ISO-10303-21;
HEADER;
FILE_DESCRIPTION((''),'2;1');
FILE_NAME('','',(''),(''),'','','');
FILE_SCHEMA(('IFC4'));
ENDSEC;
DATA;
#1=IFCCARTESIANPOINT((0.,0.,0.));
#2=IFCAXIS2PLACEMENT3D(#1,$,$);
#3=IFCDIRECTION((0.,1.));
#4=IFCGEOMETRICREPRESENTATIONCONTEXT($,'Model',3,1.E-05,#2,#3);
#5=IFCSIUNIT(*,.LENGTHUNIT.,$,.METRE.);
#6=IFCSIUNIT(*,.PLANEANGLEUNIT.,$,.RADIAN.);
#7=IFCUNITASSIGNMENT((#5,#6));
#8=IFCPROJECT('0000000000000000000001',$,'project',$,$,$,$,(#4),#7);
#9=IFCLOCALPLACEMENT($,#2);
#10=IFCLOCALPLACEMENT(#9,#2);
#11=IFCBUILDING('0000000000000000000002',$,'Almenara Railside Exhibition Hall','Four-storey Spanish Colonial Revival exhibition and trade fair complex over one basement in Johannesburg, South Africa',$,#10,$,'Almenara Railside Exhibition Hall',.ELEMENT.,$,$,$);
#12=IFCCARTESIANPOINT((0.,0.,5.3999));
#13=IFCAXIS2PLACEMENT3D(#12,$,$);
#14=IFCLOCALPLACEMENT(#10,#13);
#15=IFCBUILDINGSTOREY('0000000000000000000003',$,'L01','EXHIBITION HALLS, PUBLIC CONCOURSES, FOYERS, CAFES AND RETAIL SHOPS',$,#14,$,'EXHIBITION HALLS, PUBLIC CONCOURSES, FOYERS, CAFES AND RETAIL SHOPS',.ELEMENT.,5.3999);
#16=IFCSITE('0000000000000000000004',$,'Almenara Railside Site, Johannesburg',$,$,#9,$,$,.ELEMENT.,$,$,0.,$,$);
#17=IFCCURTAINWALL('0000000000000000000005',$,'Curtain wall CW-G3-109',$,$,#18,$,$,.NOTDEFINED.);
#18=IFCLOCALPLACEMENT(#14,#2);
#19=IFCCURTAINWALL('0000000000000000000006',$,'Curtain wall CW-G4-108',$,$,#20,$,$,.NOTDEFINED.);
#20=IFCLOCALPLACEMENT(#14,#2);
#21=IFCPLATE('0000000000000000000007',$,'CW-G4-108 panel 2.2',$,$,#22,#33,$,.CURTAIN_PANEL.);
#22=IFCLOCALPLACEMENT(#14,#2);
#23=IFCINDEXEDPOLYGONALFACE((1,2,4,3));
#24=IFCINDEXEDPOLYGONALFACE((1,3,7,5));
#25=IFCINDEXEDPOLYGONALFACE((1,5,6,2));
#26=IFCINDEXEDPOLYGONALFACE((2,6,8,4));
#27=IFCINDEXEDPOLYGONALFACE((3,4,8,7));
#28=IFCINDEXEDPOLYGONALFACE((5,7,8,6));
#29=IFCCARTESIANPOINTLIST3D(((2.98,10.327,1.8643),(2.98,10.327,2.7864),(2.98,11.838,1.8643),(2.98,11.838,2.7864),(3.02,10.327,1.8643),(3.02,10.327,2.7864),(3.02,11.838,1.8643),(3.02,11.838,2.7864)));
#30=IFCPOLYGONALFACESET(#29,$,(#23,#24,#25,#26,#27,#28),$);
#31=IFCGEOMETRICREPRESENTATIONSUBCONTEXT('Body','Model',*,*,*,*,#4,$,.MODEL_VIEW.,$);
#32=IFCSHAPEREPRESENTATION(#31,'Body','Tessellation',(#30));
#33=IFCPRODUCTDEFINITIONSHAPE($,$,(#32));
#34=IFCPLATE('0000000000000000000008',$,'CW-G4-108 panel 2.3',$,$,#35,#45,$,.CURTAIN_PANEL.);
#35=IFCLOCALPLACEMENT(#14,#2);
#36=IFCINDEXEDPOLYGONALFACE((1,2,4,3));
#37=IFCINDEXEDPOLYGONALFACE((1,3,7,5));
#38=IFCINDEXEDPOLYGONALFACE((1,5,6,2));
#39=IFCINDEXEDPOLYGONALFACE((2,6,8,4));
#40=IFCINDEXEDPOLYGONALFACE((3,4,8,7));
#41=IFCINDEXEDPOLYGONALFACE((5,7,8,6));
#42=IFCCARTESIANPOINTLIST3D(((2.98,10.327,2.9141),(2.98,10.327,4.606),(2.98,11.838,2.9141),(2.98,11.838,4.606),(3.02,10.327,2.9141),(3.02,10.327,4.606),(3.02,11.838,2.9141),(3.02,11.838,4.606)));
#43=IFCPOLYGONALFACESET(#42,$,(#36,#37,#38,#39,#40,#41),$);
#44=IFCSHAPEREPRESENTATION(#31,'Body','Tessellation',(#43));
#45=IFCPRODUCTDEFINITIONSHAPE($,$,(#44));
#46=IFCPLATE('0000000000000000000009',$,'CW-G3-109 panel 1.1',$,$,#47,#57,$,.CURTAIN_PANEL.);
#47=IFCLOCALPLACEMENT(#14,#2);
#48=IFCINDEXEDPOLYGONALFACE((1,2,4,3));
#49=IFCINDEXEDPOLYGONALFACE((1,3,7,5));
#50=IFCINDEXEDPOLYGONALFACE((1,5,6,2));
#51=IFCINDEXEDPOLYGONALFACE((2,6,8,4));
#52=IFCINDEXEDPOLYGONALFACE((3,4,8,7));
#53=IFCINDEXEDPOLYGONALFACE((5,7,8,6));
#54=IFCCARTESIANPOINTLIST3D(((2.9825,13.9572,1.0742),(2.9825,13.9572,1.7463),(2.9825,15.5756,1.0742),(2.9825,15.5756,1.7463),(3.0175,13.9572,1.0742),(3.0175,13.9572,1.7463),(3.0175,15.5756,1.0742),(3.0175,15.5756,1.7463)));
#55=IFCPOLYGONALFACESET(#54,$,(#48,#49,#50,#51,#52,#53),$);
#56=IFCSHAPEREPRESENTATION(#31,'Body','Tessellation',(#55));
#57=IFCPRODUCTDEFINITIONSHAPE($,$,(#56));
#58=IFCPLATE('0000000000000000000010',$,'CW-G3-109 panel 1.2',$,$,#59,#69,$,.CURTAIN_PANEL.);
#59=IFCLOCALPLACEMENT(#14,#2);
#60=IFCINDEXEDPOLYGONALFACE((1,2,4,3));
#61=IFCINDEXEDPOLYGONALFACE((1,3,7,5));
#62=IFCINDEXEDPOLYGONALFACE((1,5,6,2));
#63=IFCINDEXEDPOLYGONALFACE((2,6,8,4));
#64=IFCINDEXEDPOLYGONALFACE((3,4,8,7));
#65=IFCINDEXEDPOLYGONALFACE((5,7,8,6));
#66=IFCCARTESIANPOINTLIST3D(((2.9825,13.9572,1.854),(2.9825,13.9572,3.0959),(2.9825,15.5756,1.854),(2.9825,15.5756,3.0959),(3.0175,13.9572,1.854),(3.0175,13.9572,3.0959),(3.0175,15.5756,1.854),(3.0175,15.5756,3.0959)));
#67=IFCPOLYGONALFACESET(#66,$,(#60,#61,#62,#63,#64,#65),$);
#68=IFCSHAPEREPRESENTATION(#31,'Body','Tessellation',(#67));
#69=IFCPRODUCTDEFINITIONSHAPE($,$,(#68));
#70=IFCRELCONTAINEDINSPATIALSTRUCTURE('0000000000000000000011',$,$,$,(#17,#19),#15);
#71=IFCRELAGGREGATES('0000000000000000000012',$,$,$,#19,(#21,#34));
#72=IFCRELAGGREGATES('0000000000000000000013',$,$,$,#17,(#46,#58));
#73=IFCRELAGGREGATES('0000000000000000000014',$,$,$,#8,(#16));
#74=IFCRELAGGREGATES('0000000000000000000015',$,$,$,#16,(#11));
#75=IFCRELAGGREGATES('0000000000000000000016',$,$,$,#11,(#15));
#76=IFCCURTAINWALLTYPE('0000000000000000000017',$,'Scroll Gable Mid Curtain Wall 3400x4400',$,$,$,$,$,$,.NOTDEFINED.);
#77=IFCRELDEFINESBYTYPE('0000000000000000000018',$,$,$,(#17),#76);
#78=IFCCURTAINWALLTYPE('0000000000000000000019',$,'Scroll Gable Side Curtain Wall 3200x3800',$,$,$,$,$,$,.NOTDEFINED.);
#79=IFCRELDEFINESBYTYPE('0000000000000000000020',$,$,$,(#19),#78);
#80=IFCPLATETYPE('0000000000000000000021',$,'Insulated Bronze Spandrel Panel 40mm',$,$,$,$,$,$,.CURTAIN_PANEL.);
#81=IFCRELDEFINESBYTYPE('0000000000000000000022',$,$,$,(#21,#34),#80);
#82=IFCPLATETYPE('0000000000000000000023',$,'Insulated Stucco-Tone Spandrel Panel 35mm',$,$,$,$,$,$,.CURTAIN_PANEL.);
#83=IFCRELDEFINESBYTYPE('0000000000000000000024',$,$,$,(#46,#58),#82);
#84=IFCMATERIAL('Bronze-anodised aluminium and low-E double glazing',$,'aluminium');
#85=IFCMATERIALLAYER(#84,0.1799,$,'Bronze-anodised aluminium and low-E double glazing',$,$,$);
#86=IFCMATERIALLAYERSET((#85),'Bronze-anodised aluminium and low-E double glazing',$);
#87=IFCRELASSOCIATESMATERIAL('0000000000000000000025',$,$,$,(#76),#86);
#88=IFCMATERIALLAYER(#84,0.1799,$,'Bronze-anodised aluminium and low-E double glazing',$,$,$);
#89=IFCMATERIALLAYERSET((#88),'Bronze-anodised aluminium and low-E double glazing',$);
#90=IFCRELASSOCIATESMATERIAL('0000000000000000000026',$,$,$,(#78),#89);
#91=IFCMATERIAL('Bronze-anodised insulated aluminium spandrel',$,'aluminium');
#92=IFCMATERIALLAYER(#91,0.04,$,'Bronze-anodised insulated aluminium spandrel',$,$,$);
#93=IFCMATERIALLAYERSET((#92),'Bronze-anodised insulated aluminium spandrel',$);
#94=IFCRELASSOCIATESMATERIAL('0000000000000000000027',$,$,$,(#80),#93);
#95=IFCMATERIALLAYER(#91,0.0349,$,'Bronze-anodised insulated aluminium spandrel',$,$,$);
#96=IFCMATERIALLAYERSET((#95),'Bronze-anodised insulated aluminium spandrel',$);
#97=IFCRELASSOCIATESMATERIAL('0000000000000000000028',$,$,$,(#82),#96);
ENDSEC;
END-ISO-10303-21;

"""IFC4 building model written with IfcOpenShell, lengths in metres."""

from ifc_helpers import new_model, si_unit, direction, frame, origin, origin_2d, place, context, subcontext, project, spatial, rectangle, extrude, material, layer, layer_set, type_object, element, aggregate, save


model = new_model("IFC4")

# Units and contexts
model_context = context("Model", 3, precision=1e-05, world=origin(), true_north=direction((0.0, 1.0)))
body_context = subcontext(model_context, "Body", "Model", "MODEL_VIEW")
ifc_project = project(units=[si_unit("LENGTHUNIT", "METRE"), si_unit("PLANEANGLEUNIT", "RADIAN")], contexts=[model_context])

# Site, building, storey
site_placement = place(None, origin())
site = spatial("IfcSite", under=ifc_project, at=site_placement, Name="Almenara Railside Site, Johannesburg", CompositionType="ELEMENT", RefElevation=0.0)
building_placement = place(site_placement, origin())
building = spatial("IfcBuilding", under=site, at=building_placement, Name="Almenara Railside Exhibition Hall", Description="Four-storey Spanish Colonial Revival exhibition and trade fair complex over one basement in Johannesburg, South Africa", LongName="Almenara Railside Exhibition Hall", CompositionType="ELEMENT")
storey_placement = place(building_placement, frame((0.0, 0.0, 5.3999)))
storey = spatial("IfcBuildingStorey", under=building, at=storey_placement, Name="L01", Description="EXHIBITION HALLS, PUBLIC CONCOURSES, FOYERS, CAFES AND RETAIL SHOPS", LongName="EXHIBITION HALLS, PUBLIC CONCOURSES, FOYERS, CAFES AND RETAIL SHOPS", CompositionType="ELEMENT", Elevation=5.3999)

# Curtain wall
ifc_material_1 = material(Name="Bronze-anodised aluminium and low-E double glazing", Category="aluminium")
ifc_layer_1 = layer(ifc_material_1, 0.1799, Name="Bronze-anodised aluminium and low-E double glazing")
ifc_layer_set_1 = layer_set([ifc_layer_1], Name="Bronze-anodised aluminium and low-E double glazing")
curtain_wall_type_1 = type_object("IfcCurtainWallType", Name="Scroll Gable Mid Curtain Wall 3400x4400", PredefinedType="NOTDEFINED", material=ifc_layer_set_1)
curtain_wall_1_placement = place(storey_placement, origin())
curtain_wall_1 = element("IfcCurtainWall", 1, at=curtain_wall_1_placement, inside=storey, type_object=curtain_wall_type_1, Name="Curtain wall CW-G3-109", PredefinedType="NOTDEFINED")

# Curtain wall
ifc_layer_2 = layer(ifc_material_1, 0.1799, Name="Bronze-anodised aluminium and low-E double glazing")
ifc_layer_set_2 = layer_set([ifc_layer_2], Name="Bronze-anodised aluminium and low-E double glazing")
curtain_wall_type_2 = type_object("IfcCurtainWallType", Name="Scroll Gable Side Curtain Wall 3200x3800", PredefinedType="NOTDEFINED", material=ifc_layer_set_2)
curtain_wall_2_placement = place(storey_placement, origin())
curtain_wall_2 = element("IfcCurtainWall", 2, at=curtain_wall_2_placement, inside=storey, type_object=curtain_wall_type_2, Name="Curtain wall CW-G4-108", PredefinedType="NOTDEFINED")

# Plates
ifc_material_2 = material(Name="Bronze-anodised insulated aluminium spandrel", Category="aluminium")
ifc_layer_3 = layer(ifc_material_2, 0.04, Name="Bronze-anodised insulated aluminium spandrel")
ifc_layer_set_3 = layer_set([ifc_layer_3], Name="Bronze-anodised insulated aluminium spandrel")
plate_type_1 = type_object("IfcPlateType", Name="Insulated Bronze Spandrel Panel 40mm", PredefinedType="CURTAIN_PANEL", material=ifc_layer_set_3)
plate_1_placement = place(storey_placement, frame((3.0, 11.0825, 1.8643), z_axis=(0.0, 0.0, 1.0), x_axis=(0.0, 1.0, 0.0)))
plate_1 = element("IfcPlate", 3, at=plate_1_placement, type_object=plate_type_1, Name="CW-G4-108 panel 2.2", PredefinedType="CURTAIN_PANEL", context=body_context, shape_type="SweptSolid", body=[
    extrude(rectangle(XDim=1.511, YDim=0.04, at=origin_2d()), origin(), (0.0, 0.0, 1.0), 0.9221),
])
plate_2_placement = place(storey_placement, frame((3.0, 11.0825, 2.9141), z_axis=(0.0, 0.0, 1.0), x_axis=(0.0, 1.0, 0.0)))
plate_2 = element("IfcPlate", 4, at=plate_2_placement, type_object=plate_type_1, Name="CW-G4-108 panel 2.3", PredefinedType="CURTAIN_PANEL", context=body_context, shape_type="SweptSolid", body=[
    extrude(rectangle(XDim=1.511, YDim=0.04, at=origin_2d()), origin(), (0.0, 0.0, 1.0), 1.6919),
])
aggregate(curtain_wall_2, [plate_1, plate_2])
ifc_layer_4 = layer(ifc_material_2, 0.0349, Name="Bronze-anodised insulated aluminium spandrel")
ifc_layer_set_4 = layer_set([ifc_layer_4], Name="Bronze-anodised insulated aluminium spandrel")
plate_type_2 = type_object("IfcPlateType", Name="Insulated Stucco-Tone Spandrel Panel 35mm", PredefinedType="CURTAIN_PANEL", material=ifc_layer_set_4)
plate_3_placement = place(storey_placement, frame((3.0, 14.7664, 1.0742), z_axis=(0.0, 0.0, 1.0), x_axis=(0.0, 1.0, 0.0)))
plate_3 = element("IfcPlate", 5, at=plate_3_placement, type_object=plate_type_2, Name="CW-G3-109 panel 1.1", PredefinedType="CURTAIN_PANEL", context=body_context, shape_type="SweptSolid", body=[
    extrude(rectangle(XDim=1.6184, YDim=0.0349, at=origin_2d()), origin(), (0.0, 0.0, 1.0), 0.6721),
])
plate_4_placement = place(storey_placement, frame((3.0, 14.7664, 1.854), z_axis=(0.0, 0.0, 1.0), x_axis=(0.0, 1.0, 0.0)))
plate_4 = element("IfcPlate", 6, at=plate_4_placement, type_object=plate_type_2, Name="CW-G3-109 panel 1.2", PredefinedType="CURTAIN_PANEL", context=body_context, shape_type="SweptSolid", body=[
    extrude(rectangle(XDim=1.6184, YDim=0.0349, at=origin_2d()), origin(), (0.0, 0.0, 1.0), 1.2419),
])
aggregate(curtain_wall_1, [plate_3, plate_4])

save(model, "model.ifc")
